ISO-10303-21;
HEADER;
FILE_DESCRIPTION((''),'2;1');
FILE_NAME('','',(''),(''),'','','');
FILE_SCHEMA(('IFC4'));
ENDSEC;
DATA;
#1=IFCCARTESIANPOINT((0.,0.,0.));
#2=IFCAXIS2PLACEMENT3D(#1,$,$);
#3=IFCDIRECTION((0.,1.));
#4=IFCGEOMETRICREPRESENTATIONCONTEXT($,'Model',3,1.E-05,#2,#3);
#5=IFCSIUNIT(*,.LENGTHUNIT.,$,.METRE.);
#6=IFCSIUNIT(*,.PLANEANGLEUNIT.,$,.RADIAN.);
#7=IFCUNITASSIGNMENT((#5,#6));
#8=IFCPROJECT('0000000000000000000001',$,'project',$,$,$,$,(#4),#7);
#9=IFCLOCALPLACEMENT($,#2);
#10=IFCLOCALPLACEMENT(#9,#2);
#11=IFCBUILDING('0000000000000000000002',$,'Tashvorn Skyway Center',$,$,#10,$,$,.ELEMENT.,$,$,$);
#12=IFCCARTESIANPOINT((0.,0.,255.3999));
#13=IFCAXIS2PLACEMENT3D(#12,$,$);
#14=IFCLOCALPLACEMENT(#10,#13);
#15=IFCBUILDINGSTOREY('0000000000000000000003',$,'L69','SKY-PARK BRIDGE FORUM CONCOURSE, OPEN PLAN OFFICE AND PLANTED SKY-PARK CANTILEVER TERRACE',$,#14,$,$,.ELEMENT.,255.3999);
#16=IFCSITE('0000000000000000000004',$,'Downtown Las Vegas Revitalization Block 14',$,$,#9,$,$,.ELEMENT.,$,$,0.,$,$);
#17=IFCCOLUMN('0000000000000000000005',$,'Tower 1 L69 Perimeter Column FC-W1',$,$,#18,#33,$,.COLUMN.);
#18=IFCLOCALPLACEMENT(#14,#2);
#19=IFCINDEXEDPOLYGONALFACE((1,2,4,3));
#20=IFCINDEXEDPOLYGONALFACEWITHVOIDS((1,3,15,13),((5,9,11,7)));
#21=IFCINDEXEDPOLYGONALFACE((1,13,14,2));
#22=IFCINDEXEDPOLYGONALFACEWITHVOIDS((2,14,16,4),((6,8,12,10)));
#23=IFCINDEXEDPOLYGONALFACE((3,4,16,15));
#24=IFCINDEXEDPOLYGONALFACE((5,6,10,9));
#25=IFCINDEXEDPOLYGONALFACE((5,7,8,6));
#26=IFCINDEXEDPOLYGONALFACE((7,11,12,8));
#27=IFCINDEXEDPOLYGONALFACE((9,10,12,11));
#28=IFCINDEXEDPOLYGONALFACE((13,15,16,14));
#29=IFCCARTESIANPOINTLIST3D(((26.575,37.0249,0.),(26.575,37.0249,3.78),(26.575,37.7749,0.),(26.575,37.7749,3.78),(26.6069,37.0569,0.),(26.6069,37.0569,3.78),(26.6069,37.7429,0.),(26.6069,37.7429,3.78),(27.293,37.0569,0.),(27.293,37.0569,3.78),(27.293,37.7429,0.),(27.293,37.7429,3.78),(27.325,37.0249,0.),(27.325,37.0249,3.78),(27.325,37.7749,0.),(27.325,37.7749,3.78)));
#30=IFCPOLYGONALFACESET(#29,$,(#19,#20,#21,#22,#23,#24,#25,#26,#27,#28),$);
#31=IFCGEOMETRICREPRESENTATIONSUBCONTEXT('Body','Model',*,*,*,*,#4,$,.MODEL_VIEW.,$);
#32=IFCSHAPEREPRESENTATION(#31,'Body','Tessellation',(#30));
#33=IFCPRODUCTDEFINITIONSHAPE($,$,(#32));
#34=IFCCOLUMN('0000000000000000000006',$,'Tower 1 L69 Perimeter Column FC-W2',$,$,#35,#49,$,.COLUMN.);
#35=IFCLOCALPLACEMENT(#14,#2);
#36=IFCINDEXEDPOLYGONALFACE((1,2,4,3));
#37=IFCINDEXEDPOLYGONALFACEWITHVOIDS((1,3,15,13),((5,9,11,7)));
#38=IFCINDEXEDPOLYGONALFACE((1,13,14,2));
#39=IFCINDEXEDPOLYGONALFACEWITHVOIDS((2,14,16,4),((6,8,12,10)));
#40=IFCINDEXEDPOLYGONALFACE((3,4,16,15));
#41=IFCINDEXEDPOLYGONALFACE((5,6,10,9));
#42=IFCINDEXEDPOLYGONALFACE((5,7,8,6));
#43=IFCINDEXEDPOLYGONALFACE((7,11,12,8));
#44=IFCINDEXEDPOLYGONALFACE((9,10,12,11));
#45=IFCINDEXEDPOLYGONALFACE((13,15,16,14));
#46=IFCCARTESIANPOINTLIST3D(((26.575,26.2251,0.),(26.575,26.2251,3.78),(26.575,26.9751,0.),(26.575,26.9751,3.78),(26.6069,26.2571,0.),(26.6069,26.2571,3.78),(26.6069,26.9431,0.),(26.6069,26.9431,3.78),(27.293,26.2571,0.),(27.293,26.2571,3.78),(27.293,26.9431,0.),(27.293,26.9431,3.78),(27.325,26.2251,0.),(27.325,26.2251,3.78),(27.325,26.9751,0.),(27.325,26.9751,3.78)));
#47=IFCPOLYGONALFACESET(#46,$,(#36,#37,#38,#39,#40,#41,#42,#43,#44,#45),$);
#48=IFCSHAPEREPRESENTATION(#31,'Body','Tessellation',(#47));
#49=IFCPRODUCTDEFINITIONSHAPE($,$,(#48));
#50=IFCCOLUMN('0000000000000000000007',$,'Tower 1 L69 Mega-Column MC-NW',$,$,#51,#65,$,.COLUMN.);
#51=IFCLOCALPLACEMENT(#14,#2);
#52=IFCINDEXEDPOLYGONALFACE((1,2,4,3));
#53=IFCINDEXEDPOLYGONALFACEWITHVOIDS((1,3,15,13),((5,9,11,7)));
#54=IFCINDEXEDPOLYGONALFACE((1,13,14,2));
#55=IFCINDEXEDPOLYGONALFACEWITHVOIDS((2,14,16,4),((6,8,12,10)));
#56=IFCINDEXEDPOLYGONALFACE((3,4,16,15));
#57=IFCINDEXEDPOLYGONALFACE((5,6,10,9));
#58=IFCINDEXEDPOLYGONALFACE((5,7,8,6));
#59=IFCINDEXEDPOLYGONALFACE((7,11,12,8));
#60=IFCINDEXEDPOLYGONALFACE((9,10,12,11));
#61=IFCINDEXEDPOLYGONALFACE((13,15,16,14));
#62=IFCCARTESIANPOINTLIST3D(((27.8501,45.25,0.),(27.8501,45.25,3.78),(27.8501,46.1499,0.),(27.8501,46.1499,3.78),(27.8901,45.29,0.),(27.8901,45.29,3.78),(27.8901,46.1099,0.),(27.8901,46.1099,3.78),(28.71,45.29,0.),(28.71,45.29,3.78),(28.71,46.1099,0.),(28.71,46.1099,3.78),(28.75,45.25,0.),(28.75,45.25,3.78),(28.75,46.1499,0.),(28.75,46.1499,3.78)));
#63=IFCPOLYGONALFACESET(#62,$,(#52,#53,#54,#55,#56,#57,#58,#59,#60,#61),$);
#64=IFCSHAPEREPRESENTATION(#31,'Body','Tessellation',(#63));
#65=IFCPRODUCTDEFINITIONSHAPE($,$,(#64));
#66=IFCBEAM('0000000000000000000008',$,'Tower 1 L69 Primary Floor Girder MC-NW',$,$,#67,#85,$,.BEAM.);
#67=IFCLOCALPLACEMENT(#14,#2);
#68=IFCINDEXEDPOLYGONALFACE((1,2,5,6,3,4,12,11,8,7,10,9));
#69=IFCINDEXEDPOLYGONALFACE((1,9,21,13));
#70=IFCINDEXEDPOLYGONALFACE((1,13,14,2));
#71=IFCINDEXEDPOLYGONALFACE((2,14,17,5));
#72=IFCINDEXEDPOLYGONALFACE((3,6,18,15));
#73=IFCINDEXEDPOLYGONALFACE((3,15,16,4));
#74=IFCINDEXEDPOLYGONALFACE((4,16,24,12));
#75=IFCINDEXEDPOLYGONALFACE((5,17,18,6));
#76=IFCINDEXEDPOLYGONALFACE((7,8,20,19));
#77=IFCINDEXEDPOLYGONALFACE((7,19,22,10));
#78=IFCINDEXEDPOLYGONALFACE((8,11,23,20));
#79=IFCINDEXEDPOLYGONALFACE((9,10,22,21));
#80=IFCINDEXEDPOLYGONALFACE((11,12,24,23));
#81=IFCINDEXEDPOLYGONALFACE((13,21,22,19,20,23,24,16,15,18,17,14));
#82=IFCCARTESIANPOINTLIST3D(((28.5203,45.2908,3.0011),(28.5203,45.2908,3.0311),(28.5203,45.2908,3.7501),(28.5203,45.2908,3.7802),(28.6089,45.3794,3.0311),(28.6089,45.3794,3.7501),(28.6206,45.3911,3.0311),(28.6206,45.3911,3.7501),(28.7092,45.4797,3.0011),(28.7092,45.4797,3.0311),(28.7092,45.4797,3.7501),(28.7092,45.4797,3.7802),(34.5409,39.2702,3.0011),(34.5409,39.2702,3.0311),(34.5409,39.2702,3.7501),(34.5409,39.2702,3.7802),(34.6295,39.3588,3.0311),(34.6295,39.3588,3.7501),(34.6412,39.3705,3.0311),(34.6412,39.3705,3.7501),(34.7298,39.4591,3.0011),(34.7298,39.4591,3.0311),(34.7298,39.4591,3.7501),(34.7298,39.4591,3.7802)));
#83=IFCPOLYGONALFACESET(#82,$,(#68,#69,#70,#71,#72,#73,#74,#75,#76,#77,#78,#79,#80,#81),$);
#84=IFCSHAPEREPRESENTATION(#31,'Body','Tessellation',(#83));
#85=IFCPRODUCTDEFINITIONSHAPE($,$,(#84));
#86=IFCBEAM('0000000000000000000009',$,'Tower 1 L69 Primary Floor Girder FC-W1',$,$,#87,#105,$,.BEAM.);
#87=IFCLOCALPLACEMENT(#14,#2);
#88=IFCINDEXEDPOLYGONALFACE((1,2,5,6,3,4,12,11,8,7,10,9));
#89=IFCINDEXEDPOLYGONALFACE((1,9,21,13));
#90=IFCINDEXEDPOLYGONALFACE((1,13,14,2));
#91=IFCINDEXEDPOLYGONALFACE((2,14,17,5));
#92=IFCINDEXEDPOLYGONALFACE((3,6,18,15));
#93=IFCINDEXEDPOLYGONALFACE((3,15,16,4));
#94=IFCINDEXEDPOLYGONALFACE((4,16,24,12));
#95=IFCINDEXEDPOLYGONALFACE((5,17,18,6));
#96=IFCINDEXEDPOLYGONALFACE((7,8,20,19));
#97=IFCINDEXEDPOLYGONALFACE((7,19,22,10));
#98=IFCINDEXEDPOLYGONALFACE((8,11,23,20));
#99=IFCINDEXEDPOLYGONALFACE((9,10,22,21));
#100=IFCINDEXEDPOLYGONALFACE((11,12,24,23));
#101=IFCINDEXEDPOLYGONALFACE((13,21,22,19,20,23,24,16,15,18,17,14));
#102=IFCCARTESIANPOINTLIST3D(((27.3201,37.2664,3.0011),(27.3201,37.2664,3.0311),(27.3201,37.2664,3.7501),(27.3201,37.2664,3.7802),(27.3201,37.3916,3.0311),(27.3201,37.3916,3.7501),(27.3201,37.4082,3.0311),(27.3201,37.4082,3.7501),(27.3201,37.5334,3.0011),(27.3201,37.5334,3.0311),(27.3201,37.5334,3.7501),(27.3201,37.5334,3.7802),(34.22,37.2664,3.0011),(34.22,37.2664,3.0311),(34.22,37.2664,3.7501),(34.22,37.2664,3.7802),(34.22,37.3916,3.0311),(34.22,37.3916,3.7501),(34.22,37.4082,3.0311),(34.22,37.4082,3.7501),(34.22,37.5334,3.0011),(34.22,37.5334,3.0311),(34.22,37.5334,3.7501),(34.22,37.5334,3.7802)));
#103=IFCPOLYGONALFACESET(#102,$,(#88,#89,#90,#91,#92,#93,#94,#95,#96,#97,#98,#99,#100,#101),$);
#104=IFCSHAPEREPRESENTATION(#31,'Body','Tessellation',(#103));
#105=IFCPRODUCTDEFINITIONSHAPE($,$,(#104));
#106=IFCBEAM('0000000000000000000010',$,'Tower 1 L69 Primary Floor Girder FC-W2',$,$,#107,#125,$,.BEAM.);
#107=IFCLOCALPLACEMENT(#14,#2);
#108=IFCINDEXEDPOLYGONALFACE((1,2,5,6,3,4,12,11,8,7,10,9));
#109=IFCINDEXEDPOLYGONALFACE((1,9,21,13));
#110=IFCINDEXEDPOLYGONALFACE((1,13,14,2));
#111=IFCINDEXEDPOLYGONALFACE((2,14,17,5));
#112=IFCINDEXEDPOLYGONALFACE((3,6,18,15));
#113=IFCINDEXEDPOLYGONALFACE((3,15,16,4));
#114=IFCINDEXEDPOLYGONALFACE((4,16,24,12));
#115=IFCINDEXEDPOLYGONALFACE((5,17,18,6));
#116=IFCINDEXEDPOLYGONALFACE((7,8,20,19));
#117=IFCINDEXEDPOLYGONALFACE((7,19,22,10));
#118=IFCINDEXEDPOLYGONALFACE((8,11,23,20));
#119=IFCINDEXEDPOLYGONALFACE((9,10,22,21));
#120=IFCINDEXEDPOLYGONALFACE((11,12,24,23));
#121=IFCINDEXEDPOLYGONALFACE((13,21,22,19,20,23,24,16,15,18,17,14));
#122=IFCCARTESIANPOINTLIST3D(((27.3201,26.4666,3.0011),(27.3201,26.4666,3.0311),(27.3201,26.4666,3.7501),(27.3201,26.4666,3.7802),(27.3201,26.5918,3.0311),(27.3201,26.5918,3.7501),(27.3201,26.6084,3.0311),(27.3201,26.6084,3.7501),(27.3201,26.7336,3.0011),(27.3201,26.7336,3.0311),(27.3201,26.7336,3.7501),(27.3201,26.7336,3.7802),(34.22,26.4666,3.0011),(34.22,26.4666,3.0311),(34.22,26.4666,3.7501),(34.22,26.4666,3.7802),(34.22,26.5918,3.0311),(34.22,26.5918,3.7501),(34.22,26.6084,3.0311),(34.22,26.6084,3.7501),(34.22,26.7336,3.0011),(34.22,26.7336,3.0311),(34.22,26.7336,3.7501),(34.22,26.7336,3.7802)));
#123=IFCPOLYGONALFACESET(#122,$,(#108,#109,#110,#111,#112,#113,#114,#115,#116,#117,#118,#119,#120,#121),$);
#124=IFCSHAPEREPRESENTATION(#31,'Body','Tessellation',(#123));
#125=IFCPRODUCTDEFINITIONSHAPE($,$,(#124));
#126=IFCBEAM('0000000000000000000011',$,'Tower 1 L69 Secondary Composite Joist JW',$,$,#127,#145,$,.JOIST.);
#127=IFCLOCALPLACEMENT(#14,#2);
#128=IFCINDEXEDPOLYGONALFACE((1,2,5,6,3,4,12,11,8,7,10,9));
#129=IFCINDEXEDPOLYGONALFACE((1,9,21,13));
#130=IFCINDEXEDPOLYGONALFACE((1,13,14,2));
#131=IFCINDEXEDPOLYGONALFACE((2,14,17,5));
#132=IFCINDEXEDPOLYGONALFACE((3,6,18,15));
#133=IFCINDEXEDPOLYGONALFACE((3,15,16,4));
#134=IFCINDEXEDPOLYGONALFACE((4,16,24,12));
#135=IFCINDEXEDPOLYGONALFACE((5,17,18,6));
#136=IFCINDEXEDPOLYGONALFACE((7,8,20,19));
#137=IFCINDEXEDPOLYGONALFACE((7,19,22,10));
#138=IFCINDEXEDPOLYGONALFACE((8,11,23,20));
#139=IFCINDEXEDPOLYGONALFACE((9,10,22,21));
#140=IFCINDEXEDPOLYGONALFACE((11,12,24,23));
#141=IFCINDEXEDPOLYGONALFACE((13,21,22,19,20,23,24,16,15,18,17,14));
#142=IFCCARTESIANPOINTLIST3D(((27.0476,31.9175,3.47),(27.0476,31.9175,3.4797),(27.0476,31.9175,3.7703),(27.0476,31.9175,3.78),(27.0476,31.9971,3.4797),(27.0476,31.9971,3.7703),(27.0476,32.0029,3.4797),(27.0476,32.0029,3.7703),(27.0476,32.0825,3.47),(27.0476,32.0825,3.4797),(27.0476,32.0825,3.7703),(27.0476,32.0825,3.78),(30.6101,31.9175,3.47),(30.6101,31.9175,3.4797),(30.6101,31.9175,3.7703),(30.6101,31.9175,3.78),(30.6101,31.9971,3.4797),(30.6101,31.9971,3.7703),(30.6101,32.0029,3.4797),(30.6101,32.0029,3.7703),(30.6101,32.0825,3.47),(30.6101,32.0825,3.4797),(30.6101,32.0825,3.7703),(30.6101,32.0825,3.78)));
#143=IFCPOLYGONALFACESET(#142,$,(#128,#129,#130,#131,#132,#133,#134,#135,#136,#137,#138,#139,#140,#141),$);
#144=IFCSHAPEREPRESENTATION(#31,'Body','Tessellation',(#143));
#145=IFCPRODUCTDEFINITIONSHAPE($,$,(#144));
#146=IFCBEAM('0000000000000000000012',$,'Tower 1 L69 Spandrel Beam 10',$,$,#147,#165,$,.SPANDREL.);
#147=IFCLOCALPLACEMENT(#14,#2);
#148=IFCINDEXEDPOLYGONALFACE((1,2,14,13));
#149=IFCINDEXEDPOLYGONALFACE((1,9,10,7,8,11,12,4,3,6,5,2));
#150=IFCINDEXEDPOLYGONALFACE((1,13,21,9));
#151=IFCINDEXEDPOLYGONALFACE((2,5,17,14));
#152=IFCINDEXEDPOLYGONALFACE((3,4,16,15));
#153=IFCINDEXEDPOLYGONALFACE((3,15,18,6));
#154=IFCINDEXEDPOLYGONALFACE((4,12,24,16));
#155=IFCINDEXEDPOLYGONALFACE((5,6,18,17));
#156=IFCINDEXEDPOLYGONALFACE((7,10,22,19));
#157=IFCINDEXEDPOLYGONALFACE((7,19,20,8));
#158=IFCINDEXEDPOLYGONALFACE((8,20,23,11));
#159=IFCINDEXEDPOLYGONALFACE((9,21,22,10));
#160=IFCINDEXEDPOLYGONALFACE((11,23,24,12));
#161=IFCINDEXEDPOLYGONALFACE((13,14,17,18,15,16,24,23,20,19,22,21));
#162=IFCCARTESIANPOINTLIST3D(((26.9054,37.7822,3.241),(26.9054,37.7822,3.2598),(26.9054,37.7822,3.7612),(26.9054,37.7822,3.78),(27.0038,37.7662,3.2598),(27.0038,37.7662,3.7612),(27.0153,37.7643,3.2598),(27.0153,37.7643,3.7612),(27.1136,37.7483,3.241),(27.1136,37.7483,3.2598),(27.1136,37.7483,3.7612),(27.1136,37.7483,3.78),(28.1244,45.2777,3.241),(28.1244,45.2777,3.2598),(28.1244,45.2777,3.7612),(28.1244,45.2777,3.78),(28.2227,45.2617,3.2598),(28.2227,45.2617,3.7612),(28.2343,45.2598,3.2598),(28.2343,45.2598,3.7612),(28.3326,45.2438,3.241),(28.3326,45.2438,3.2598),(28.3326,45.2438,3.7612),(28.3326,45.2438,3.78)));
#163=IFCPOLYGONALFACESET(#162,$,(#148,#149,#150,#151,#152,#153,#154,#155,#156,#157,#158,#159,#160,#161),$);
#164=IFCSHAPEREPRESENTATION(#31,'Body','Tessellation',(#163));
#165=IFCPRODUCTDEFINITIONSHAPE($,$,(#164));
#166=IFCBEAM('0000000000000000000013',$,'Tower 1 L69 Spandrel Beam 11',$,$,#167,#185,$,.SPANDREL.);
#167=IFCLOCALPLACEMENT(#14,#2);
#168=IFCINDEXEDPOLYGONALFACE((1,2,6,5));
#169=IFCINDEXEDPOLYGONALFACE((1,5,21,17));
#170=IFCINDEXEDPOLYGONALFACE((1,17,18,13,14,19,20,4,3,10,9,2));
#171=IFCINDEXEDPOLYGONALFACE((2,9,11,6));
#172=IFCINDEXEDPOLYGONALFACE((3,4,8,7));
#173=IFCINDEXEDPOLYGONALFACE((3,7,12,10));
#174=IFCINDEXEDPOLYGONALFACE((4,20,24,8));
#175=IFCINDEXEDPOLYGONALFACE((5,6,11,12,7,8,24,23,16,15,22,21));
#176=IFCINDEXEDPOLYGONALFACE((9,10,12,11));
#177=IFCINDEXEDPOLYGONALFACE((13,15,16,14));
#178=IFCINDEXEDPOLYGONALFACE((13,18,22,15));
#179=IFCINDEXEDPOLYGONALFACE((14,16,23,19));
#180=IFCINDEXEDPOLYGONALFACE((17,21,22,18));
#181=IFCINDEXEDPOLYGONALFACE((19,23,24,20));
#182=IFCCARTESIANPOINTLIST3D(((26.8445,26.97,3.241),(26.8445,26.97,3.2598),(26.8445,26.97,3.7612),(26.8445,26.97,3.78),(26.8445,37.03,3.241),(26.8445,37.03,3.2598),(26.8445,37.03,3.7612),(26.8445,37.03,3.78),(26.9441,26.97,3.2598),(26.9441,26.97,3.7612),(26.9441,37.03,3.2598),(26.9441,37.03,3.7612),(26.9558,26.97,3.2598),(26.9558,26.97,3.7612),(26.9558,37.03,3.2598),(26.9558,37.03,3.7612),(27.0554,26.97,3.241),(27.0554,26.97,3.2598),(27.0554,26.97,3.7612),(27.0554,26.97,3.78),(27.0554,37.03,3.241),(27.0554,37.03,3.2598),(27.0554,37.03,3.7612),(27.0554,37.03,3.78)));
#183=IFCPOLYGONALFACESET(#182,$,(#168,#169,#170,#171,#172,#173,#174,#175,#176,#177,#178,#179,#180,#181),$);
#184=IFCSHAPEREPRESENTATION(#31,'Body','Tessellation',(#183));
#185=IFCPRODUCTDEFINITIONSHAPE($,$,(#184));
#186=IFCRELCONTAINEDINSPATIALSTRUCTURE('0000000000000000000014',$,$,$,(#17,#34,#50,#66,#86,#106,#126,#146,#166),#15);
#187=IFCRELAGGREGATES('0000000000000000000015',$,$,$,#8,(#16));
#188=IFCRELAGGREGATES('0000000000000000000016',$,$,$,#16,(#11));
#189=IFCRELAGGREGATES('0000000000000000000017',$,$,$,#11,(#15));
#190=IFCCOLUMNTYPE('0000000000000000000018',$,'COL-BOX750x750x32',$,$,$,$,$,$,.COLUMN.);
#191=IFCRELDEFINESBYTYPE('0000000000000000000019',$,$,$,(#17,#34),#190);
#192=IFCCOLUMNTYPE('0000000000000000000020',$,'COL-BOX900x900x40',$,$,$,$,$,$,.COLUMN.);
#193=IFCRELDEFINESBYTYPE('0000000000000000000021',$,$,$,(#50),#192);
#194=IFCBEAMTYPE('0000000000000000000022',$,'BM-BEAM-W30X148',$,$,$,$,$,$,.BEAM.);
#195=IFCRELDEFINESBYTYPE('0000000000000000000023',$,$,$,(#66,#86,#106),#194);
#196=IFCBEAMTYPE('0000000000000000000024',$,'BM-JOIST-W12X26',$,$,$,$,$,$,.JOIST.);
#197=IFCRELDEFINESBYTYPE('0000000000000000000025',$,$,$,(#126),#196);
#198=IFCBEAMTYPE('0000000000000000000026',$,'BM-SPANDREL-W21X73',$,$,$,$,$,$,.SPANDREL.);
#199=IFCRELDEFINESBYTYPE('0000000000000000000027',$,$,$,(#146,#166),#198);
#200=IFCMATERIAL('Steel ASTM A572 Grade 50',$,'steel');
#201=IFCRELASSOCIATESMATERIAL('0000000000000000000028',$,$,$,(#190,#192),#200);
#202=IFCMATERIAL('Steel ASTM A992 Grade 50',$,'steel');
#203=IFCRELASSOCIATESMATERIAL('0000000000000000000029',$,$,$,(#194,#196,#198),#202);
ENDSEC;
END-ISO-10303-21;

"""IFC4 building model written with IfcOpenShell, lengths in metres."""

from ifc_helpers import new_model, si_unit, direction, frame, origin, origin_2d, place, context, subcontext, project, spatial, hollow_rectangle, i_section, extrude, material, material_profile, profile_set, type_object, element, save


model = new_model("IFC4")

# Units and contexts
model_context = context("Model", 3, precision=1e-05, world=origin(), true_north=direction((0.0, 1.0)))
body_context = subcontext(model_context, "Body", "Model", "MODEL_VIEW")
ifc_project = project(units=[si_unit("LENGTHUNIT", "METRE"), si_unit("PLANEANGLEUNIT", "RADIAN")], contexts=[model_context])

# Site, building, storey
site_placement = place(None, origin())
site = spatial("IfcSite", under=ifc_project, at=site_placement, Name="Downtown Las Vegas Revitalization Block 14", CompositionType="ELEMENT", RefElevation=0.0)
building_placement = place(site_placement, origin())
building = spatial("IfcBuilding", under=site, at=building_placement, Name="Tashvorn Skyway Center", CompositionType="ELEMENT")
storey_placement = place(building_placement, frame((0.0, 0.0, 255.3999)))
storey = spatial("IfcBuildingStorey", under=building, at=storey_placement, Name="L69", Description="SKY-PARK BRIDGE FORUM CONCOURSE, OPEN PLAN OFFICE AND PLANTED SKY-PARK CANTILEVER TERRACE", CompositionType="ELEMENT", Elevation=255.3999)

# Columns
ifc_material_1 = material(Name="Steel ASTM A572 Grade 50", Category="steel")
ifc_material_profile_1 = material_profile(ifc_material_1, hollow_rectangle(XDim=0.75, YDim=0.75, WallThickness=0.032, at=origin_2d()), Name="BOX750x750x32")
ifc_profile_set_1 = profile_set([ifc_material_profile_1], Name="Steel ASTM A572 Grade 50")
column_type_1 = type_object("IfcColumnType", Name="COL-BOX750x750x32", PredefinedType="COLUMN", material=ifc_profile_set_1)
for number, where, z_axis, x_axis, name in (
    (1, (26.95, 37.3999, 0.0), (0.0, 0.0, 1.0), (1.0, 0.0, 0.0), "Tower 1 L69 Perimeter Column FC-W1"),
    (2, (26.95, 26.6001, 0.0), (0.0, 0.0, 1.0), (1.0, 0.0, 0.0), "Tower 1 L69 Perimeter Column FC-W2"),
):
    element("IfcColumn", number, at=place(storey_placement, frame(where, z_axis=z_axis, x_axis=x_axis)), inside=storey, type_object=column_type_1, Name=name, PredefinedType="COLUMN", context=body_context, shape_type="SweptSolid", body=[
        extrude(hollow_rectangle(XDim=0.75, YDim=0.75, WallThickness=0.032, at=origin_2d()), origin(), (0.0, 0.0, 1.0), 3.78),
    ])
ifc_material_profile_2 = material_profile(ifc_material_1, hollow_rectangle(XDim=0.8999, YDim=0.8999, WallThickness=0.04, at=origin_2d()), Name="BOX900x900x40")
ifc_profile_set_2 = profile_set([ifc_material_profile_2], Name="Steel ASTM A572 Grade 50")
column_type_2 = type_object("IfcColumnType", Name="COL-BOX900x900x40", PredefinedType="COLUMN", material=ifc_profile_set_2)
column_placement = place(storey_placement, frame((28.3, 45.7, 0.0), z_axis=(0.0, 0.0, 1.0), x_axis=(1.0, 0.0, 0.0)))
element("IfcColumn", 3, at=column_placement, inside=storey, type_object=column_type_2, Name="Tower 1 L69 Mega-Column MC-NW", PredefinedType="COLUMN", context=body_context, shape_type="SweptSolid", body=[
    extrude(hollow_rectangle(XDim=0.8999, YDim=0.8999, WallThickness=0.04, at=origin_2d()), origin(), (0.0, 0.0, 1.0), 3.78),
])

# Beams
ifc_material_2 = material(Name="Steel ASTM A992 Grade 50", Category="steel")
ifc_material_profile_3 = material_profile(ifc_material_2, i_section(OverallWidth=0.2671, OverallDepth=0.7791, WebThickness=0.0166, FlangeThickness=0.03, at=origin_2d()), Name="W30X148")
ifc_profile_set_3 = profile_set([ifc_material_profile_3], Name="Steel ASTM A992 Grade 50")
beam_type_1 = type_object("IfcBeamType", Name="BM-BEAM-W30X148", PredefinedType="BEAM", material=ifc_profile_set_3)
beam_1_placement = place(storey_placement, frame((28.6147, 45.3853, 3.3906), z_axis=(0.707107, -0.707107, 0.0), x_axis=(0.707107, 0.707107, 0.0)))
element("IfcBeam", 4, at=beam_1_placement, inside=storey, type_object=beam_type_1, Name="Tower 1 L69 Primary Floor Girder MC-NW", PredefinedType="BEAM", context=body_context, shape_type="SweptSolid", body=[
    extrude(i_section(OverallWidth=0.2671, OverallDepth=0.7791, WebThickness=0.0166, FlangeThickness=0.03, at=origin_2d()), origin(), (0.0, 0.0, 1.0), 8.5144),
])
for number, where, z_axis, x_axis, name in (
    (5, (27.3201, 37.3999, 3.3906), (1.0, 0.0, 0.0), (0.0, 1.0, 0.0), "Tower 1 L69 Primary Floor Girder FC-W1"),
    (6, (27.3201, 26.6001, 3.3906), (1.0, 0.0, 0.0), (0.0, 1.0, 0.0), "Tower 1 L69 Primary Floor Girder FC-W2"),
):
    element("IfcBeam", number, at=place(storey_placement, frame(where, z_axis=z_axis, x_axis=x_axis)), inside=storey, type_object=beam_type_1, Name=name, PredefinedType="BEAM", context=body_context, shape_type="SweptSolid", body=[
        extrude(i_section(OverallWidth=0.2671, OverallDepth=0.7791, WebThickness=0.0166, FlangeThickness=0.03, at=origin_2d()), origin(), (0.0, 0.0, 1.0), 6.8999),
    ])
ifc_material_profile_4 = material_profile(ifc_material_2, i_section(OverallWidth=0.165, OverallDepth=0.3101, WebThickness=0.0059, FlangeThickness=0.0098, at=origin_2d()), Name="W12X26")
ifc_profile_set_4 = profile_set([ifc_material_profile_4], Name="Steel ASTM A992 Grade 50")
beam_type_2 = type_object("IfcBeamType", Name="BM-JOIST-W12X26", PredefinedType="JOIST", material=ifc_profile_set_4)
beam_2_placement = place(storey_placement, frame((30.6101, 32.0, 3.625), z_axis=(-1.0, 0.0, 0.0), x_axis=(0.0, -1.0, 0.0)))
element("IfcBeam", 7, at=beam_2_placement, inside=storey, type_object=beam_type_2, Name="Tower 1 L69 Secondary Composite Joist JW", PredefinedType="JOIST", context=body_context, shape_type="SweptSolid", body=[
    extrude(i_section(OverallWidth=0.165, OverallDepth=0.3101, WebThickness=0.0059, FlangeThickness=0.0098, at=origin_2d()), origin(), (0.0, 0.0, 1.0), 3.5625),
])
ifc_material_profile_5 = material_profile(ifc_material_2, i_section(OverallWidth=0.2109, OverallDepth=0.5391, WebThickness=0.0117, FlangeThickness=0.0188, at=origin_2d()), Name="W21X73")
ifc_profile_set_5 = profile_set([ifc_material_profile_5], Name="Steel ASTM A992 Grade 50")
beam_type_3 = type_object("IfcBeamType", Name="BM-SPANDREL-W21X73", PredefinedType="SPANDREL", material=ifc_profile_set_5)
beam_3_placement = place(storey_placement, frame((28.2285, 45.2607, 3.5105), z_axis=(-0.160519, -0.987033, 0.0), x_axis=(0.987033, -0.160519, 0.0)))
element("IfcBeam", 8, at=beam_3_placement, inside=storey, type_object=beam_type_3, Name="Tower 1 L69 Spandrel Beam 10", PredefinedType="SPANDREL", context=body_context, shape_type="SweptSolid", body=[
    extrude(i_section(OverallWidth=0.2109, OverallDepth=0.5391, WebThickness=0.0117, FlangeThickness=0.0188, at=origin_2d()), origin(), (0.0, 0.0, 1.0), 7.594),
])
beam_4_placement = place(storey_placement, frame((26.95, 37.03, 3.5105), z_axis=(0.0, -1.0, 0.0), x_axis=(1.0, 0.0, 0.0)))
element("IfcBeam", 9, at=beam_4_placement, inside=storey, type_object=beam_type_3, Name="Tower 1 L69 Spandrel Beam 11", PredefinedType="SPANDREL", context=body_context, shape_type="SweptSolid", body=[
    extrude(i_section(OverallWidth=0.2109, OverallDepth=0.5391, WebThickness=0.0117, FlangeThickness=0.0188, at=origin_2d()), origin(), (0.0, 0.0, 1.0), 10.0601),
])

save(model, "model.ifc")
